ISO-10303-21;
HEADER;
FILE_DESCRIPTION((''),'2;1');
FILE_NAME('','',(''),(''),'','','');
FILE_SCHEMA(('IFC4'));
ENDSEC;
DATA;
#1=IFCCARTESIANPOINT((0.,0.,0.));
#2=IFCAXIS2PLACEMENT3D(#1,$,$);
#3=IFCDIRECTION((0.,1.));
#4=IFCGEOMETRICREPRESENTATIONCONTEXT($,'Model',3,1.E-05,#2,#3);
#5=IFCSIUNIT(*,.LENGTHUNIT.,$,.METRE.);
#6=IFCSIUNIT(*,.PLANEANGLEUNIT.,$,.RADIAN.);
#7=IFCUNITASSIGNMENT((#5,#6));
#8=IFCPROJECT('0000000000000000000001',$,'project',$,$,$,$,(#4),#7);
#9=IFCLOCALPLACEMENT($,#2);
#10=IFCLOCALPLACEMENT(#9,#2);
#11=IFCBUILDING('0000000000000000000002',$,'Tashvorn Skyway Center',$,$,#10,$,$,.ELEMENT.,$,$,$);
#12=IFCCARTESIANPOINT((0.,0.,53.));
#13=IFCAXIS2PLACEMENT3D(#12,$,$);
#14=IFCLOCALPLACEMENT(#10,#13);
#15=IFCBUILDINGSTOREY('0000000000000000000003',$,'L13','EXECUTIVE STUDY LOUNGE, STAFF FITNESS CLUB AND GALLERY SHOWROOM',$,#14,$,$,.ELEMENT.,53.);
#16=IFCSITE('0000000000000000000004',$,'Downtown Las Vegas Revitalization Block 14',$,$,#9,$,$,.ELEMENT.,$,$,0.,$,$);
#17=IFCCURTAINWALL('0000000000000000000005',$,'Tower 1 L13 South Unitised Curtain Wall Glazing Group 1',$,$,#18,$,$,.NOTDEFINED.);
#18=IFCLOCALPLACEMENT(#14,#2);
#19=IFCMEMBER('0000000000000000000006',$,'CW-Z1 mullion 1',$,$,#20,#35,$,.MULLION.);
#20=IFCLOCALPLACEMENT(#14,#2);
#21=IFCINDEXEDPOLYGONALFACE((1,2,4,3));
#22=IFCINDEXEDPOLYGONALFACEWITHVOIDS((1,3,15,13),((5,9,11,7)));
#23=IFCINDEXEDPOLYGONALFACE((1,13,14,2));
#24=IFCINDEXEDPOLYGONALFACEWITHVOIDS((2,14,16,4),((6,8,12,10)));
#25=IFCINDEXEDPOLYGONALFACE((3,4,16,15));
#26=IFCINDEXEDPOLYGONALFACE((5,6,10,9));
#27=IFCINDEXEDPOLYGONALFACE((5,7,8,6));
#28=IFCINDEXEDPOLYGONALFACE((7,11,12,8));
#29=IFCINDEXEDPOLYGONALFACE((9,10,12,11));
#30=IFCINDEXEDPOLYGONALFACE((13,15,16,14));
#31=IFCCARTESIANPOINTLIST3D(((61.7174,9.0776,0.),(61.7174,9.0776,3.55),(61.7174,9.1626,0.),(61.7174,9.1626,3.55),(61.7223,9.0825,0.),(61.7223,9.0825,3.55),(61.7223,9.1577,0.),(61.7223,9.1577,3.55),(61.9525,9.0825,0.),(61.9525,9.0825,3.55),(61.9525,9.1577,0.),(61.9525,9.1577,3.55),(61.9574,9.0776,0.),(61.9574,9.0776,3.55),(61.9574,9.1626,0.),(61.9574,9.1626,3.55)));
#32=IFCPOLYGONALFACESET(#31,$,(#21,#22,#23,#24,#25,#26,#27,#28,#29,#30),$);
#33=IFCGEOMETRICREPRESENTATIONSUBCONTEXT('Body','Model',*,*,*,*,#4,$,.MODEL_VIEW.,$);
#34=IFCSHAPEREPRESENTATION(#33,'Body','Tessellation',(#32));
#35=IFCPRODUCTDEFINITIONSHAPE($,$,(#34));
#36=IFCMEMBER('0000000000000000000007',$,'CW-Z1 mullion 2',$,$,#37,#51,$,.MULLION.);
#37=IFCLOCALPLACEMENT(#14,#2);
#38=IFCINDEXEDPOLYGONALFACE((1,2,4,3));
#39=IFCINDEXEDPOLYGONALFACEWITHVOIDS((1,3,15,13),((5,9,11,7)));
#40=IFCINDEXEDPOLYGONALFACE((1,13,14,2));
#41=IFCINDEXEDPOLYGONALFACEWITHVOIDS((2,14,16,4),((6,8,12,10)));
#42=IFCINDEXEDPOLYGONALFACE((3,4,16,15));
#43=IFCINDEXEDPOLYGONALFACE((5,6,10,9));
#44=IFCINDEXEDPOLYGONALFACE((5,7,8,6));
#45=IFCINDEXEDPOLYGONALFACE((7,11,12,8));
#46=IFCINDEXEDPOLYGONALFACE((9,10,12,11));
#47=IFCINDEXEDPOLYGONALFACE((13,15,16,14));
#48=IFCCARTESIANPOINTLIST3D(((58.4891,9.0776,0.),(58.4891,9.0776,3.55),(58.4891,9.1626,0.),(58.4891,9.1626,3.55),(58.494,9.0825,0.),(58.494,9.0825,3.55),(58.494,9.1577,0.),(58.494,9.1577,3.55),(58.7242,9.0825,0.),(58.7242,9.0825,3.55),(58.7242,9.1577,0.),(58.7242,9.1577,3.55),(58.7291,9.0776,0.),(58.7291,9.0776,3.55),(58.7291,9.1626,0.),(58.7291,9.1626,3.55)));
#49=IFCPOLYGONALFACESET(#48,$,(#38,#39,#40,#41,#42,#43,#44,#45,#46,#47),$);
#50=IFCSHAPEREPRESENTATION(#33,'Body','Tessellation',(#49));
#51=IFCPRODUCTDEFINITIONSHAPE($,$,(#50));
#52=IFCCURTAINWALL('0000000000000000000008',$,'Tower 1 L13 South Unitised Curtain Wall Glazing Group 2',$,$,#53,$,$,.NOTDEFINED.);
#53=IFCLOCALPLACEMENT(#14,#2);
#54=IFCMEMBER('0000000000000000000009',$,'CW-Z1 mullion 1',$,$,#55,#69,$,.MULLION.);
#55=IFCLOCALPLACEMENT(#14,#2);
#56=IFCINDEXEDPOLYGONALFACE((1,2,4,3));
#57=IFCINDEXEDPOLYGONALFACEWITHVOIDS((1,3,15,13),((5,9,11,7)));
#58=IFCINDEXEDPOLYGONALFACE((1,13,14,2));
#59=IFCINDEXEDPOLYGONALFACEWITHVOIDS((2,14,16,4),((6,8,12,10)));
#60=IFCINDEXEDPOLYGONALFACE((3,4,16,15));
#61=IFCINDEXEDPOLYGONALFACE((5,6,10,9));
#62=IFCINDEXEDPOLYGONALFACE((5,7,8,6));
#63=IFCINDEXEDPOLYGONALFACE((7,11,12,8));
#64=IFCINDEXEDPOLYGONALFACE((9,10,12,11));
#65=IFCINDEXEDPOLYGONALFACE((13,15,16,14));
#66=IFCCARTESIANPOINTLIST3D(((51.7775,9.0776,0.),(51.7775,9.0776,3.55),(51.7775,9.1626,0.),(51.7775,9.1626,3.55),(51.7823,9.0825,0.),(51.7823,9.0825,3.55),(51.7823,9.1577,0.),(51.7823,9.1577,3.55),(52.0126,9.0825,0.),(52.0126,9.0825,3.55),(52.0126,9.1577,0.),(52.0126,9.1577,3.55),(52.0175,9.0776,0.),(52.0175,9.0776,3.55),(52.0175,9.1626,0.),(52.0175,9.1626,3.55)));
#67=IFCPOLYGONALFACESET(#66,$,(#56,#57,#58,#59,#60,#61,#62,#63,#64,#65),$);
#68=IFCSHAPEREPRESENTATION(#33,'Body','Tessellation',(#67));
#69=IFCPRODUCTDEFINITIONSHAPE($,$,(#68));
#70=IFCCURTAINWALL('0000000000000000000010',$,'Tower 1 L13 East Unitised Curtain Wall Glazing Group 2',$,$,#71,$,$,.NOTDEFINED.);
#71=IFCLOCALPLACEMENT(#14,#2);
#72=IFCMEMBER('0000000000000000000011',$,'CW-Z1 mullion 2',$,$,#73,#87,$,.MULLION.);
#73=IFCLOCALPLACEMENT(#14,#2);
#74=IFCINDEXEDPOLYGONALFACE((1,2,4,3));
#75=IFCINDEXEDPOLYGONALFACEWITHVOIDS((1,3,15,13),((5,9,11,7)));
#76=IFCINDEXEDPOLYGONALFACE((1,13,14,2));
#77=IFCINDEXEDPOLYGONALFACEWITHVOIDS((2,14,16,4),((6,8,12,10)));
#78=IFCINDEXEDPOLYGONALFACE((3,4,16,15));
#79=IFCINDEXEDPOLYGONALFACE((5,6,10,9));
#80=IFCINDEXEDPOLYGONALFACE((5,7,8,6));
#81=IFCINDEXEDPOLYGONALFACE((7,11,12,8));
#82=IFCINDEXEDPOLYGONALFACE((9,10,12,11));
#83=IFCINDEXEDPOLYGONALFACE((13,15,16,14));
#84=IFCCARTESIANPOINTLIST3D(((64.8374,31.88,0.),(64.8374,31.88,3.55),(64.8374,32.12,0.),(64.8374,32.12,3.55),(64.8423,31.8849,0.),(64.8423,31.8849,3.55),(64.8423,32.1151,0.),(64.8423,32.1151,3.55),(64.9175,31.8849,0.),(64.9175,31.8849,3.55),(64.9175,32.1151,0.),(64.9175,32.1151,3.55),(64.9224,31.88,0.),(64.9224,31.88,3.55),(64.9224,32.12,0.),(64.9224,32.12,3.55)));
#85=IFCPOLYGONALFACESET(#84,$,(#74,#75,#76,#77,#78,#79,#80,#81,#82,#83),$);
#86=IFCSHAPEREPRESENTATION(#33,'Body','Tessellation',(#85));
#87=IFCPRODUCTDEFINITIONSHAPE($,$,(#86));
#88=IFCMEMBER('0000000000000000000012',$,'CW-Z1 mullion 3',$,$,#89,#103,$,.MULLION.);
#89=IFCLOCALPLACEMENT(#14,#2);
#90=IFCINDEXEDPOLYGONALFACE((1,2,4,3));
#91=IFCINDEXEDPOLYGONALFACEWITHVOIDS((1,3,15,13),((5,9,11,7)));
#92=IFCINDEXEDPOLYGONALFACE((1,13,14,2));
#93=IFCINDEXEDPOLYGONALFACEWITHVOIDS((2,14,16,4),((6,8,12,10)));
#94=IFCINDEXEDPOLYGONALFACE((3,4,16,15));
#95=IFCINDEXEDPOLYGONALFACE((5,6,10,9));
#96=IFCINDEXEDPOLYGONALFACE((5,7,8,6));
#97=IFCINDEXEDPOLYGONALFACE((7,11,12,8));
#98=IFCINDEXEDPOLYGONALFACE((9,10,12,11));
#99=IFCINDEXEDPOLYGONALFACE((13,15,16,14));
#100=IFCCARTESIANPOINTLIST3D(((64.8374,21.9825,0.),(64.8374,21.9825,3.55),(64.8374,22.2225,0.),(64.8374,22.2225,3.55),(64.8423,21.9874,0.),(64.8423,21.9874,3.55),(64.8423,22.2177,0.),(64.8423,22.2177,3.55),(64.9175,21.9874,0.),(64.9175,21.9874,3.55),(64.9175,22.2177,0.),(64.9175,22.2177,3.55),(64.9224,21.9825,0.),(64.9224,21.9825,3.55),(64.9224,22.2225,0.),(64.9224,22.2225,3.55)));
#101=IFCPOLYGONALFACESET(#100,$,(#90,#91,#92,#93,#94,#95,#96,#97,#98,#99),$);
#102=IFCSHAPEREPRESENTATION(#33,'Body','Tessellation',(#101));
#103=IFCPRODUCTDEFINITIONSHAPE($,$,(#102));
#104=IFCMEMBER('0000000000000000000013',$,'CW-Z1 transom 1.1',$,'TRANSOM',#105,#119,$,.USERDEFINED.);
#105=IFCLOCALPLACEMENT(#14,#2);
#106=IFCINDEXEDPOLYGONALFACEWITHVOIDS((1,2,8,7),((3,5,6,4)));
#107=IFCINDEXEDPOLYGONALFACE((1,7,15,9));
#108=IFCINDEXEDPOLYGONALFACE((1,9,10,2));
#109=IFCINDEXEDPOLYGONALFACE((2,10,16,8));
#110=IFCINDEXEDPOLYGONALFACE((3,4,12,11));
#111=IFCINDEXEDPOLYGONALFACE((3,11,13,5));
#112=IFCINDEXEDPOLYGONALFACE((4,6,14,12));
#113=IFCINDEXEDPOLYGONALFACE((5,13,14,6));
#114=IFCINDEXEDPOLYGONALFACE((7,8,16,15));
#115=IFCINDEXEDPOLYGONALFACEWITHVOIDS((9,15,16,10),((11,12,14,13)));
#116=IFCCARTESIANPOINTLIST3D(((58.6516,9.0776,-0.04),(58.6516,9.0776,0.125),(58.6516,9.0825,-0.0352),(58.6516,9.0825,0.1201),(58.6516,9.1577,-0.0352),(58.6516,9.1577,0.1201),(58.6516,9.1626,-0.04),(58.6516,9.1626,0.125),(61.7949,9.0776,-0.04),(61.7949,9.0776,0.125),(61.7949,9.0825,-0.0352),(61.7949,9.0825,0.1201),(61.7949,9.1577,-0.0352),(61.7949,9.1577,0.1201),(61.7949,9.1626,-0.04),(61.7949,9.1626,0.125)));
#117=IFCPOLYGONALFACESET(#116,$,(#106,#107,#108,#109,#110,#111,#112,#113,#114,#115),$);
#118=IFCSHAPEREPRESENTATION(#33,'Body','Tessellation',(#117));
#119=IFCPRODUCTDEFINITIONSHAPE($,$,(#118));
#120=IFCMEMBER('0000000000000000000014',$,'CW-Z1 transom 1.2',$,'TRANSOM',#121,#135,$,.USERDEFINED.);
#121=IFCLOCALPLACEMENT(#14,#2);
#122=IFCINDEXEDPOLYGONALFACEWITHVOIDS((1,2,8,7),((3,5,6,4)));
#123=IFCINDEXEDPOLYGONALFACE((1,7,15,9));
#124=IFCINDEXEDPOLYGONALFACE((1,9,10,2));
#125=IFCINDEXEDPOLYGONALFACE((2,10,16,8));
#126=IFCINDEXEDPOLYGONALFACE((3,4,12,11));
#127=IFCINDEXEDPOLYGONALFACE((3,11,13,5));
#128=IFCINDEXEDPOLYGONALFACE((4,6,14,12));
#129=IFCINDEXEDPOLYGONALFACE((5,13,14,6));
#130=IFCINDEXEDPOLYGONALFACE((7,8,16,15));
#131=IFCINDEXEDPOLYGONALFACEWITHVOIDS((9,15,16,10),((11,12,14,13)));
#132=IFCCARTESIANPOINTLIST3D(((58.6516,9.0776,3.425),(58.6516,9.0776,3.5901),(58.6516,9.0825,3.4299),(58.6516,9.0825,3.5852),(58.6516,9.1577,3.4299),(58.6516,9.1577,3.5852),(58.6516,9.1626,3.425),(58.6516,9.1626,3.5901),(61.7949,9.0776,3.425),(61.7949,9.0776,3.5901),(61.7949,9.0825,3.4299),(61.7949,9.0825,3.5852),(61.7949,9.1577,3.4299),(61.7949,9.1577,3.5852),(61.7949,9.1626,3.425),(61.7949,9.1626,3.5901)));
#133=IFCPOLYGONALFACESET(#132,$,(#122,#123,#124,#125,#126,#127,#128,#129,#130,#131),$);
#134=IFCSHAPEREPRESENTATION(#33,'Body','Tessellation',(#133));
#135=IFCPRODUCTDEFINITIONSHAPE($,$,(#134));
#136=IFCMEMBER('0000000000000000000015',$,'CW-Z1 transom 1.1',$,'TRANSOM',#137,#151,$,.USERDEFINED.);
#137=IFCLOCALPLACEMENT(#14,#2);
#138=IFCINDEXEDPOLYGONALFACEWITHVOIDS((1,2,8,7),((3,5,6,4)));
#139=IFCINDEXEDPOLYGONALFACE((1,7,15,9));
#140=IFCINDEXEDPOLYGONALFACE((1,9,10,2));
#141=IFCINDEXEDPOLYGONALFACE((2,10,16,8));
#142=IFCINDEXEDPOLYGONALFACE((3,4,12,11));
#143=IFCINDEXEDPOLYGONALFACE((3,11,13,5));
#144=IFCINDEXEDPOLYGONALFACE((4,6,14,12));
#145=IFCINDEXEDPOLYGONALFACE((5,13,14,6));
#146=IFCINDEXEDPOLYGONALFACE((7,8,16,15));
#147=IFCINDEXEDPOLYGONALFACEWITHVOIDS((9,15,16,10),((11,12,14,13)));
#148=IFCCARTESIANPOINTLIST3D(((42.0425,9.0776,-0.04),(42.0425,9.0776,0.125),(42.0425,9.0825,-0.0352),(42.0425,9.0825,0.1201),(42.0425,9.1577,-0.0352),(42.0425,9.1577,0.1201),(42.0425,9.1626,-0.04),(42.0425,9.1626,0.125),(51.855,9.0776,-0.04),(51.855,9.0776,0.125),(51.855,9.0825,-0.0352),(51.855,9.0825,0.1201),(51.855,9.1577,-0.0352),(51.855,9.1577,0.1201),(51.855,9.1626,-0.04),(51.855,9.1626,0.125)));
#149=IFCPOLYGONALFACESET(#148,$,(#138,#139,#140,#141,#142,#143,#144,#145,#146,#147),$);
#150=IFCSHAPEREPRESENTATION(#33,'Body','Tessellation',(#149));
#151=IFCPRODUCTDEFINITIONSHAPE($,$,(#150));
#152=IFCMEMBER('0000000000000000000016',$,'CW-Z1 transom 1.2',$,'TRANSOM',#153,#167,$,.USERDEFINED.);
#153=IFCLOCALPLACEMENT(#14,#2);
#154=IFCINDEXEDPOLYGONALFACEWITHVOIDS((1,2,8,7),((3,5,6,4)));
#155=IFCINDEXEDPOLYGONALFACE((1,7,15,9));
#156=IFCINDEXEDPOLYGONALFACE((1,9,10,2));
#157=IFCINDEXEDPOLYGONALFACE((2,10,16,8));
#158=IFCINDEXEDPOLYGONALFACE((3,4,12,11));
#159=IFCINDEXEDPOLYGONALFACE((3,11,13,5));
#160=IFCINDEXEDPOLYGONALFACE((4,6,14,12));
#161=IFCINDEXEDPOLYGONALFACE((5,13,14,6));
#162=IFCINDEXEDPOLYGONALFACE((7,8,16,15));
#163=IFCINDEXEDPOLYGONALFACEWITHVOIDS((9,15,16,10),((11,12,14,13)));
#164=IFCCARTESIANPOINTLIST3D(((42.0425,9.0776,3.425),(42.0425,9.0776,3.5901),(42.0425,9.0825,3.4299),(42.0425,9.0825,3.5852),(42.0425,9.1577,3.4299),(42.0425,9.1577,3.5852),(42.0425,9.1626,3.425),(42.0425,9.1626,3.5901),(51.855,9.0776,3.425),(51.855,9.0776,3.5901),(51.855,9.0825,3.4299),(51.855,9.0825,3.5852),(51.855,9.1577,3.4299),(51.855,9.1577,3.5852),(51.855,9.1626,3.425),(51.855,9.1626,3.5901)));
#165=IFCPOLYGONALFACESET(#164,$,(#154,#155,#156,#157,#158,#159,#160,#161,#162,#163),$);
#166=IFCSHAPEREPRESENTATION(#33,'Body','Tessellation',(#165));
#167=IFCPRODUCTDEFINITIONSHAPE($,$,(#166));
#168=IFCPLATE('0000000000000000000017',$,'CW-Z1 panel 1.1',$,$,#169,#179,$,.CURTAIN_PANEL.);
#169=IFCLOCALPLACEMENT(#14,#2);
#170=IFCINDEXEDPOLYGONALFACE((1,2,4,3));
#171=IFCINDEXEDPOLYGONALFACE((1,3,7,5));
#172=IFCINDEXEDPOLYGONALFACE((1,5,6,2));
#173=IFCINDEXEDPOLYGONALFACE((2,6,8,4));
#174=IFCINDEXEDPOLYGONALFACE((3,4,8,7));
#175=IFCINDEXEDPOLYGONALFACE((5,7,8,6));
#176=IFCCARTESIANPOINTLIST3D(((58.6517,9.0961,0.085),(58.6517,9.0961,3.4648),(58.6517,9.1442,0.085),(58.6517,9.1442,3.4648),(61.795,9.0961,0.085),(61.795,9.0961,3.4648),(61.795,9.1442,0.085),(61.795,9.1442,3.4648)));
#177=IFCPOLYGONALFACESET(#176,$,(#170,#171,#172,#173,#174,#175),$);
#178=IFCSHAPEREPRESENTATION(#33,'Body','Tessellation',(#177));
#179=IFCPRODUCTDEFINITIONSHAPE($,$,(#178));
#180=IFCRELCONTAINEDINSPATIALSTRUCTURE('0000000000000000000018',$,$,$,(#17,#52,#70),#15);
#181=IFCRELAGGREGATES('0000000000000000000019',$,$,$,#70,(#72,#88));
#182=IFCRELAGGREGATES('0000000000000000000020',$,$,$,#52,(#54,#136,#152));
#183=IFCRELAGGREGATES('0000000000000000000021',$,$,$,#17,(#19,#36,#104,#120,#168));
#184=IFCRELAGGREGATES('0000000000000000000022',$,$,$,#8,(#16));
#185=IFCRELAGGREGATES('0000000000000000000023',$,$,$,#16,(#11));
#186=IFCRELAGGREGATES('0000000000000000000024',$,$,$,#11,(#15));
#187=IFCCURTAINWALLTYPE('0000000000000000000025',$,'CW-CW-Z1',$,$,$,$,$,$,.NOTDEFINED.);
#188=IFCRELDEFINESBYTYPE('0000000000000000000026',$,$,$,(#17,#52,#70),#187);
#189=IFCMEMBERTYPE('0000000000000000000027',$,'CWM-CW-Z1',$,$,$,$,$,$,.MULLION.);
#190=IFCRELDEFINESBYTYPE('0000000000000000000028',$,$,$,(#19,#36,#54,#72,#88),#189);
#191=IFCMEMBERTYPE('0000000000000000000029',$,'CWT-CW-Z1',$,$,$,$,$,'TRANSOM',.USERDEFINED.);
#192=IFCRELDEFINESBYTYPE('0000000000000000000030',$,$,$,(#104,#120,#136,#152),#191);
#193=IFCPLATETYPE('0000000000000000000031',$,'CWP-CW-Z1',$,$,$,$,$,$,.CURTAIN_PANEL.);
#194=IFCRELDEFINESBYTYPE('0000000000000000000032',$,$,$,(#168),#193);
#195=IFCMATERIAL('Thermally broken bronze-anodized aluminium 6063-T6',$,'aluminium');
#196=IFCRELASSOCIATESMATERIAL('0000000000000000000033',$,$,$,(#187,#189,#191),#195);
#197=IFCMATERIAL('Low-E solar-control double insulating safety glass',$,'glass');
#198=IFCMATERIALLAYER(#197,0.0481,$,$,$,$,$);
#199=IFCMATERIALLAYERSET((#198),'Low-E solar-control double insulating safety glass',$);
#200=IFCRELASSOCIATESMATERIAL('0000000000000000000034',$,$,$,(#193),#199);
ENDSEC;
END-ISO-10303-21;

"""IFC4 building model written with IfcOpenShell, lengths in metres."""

from ifc_helpers import new_model, si_unit, direction, frame, origin, origin_2d, place, context, subcontext, project, spatial, rectangle, hollow_rectangle, extrude, material, layer, layer_set, material_profile, profile_set, type_object, element, aggregate, save


model = new_model("IFC4")

# Units and contexts
model_context = context("Model", 3, precision=1e-05, world=origin(), true_north=direction((0.0, 1.0)))
body_context = subcontext(model_context, "Body", "Model", "MODEL_VIEW")
ifc_project = project(units=[si_unit("LENGTHUNIT", "METRE"), si_unit("PLANEANGLEUNIT", "RADIAN")], contexts=[model_context])

# Site, building, storey
site_placement = place(None, origin())
site = spatial("IfcSite", under=ifc_project, at=site_placement, Name="Downtown Las Vegas Revitalization Block 14", CompositionType="ELEMENT", RefElevation=0.0)
building_placement = place(site_placement, origin())
building = spatial("IfcBuilding", under=site, at=building_placement, Name="Tashvorn Skyway Center", CompositionType="ELEMENT")
storey_placement = place(building_placement, frame((0.0, 0.0, 53.0)))
storey = spatial("IfcBuildingStorey", under=building, at=storey_placement, Name="L13", Description="EXECUTIVE STUDY LOUNGE, STAFF FITNESS CLUB AND GALLERY SHOWROOM", CompositionType="ELEMENT", Elevation=53.0)

# Curtain wall, members
ifc_material_1 = material(Name="Thermally broken bronze-anodized aluminium 6063-T6", Category="aluminium")
curtain_wall_type = type_object("IfcCurtainWallType", Name="CW-CW-Z1", PredefinedType="NOTDEFINED", material=ifc_material_1)
curtain_wall_1_placement = place(storey_placement, origin())
curtain_wall_1 = element("IfcCurtainWall", 1, at=curtain_wall_1_placement, inside=storey, type_object=curtain_wall_type, Name="Tower 1 L13 South Unitised Curtain Wall Glazing Group 1", PredefinedType="NOTDEFINED")
ifc_material_profile_1 = material_profile(ifc_material_1, hollow_rectangle(XDim=0.085, YDim=0.24, WallThickness=0.0049, at=origin_2d()), Name="ALU-MULL-85x240")
ifc_profile_set_1 = profile_set([ifc_material_profile_1], Name="Thermally broken bronze-anodized aluminium 6063-T6")
member_type_1 = type_object("IfcMemberType", Name="CWM-CW-Z1", PredefinedType="MULLION", material=ifc_profile_set_1)
member_1_placement = place(storey_placement, frame((61.8374, 9.1201, 0.0), z_axis=(0.0, 0.0, 1.0), x_axis=(0.0, -1.0, 0.0)))
member_1 = element("IfcMember", 2, at=member_1_placement, type_object=member_type_1, Name="CW-Z1 mullion 1", PredefinedType="MULLION", context=body_context, shape_type="SweptSolid", body=[
    extrude(hollow_rectangle(XDim=0.085, YDim=0.24, WallThickness=0.0049, at=origin_2d()), origin(), (0.0, 0.0, 1.0), 3.55),
])
member_2_placement = place(storey_placement, frame((58.6091, 9.1201, 0.0), z_axis=(0.0, 0.0, 1.0), x_axis=(0.0, -1.0, 0.0)))
member_2 = element("IfcMember", 3, at=member_2_placement, type_object=member_type_1, Name="CW-Z1 mullion 2", PredefinedType="MULLION", context=body_context, shape_type="SweptSolid", body=[
    extrude(hollow_rectangle(XDim=0.085, YDim=0.24, WallThickness=0.0049, at=origin_2d()), origin(), (0.0, 0.0, 1.0), 3.55),
])

# Curtain wall, member
curtain_wall_2_placement = place(storey_placement, origin())
curtain_wall_2 = element("IfcCurtainWall", 4, at=curtain_wall_2_placement, inside=storey, type_object=curtain_wall_type, Name="Tower 1 L13 South Unitised Curtain Wall Glazing Group 2", PredefinedType="NOTDEFINED")
member_3_placement = place(storey_placement, frame((51.8975, 9.1201, 0.0), z_axis=(0.0, 0.0, 1.0), x_axis=(0.0, -1.0, 0.0)))
member_3 = element("IfcMember", 5, at=member_3_placement, type_object=member_type_1, Name="CW-Z1 mullion 1", PredefinedType="MULLION", context=body_context, shape_type="SweptSolid", body=[
    extrude(hollow_rectangle(XDim=0.085, YDim=0.24, WallThickness=0.0049, at=origin_2d()), origin(), (0.0, 0.0, 1.0), 3.55),
])

# Curtain wall, members
curtain_wall_3_placement = place(storey_placement, origin())
curtain_wall_3 = element("IfcCurtainWall", 6, at=curtain_wall_3_placement, inside=storey, type_object=curtain_wall_type, Name="Tower 1 L13 East Unitised Curtain Wall Glazing Group 2", PredefinedType="NOTDEFINED")
member_4_placement = place(storey_placement, frame((64.8799, 32.0, 0.0), z_axis=(0.0, 0.0, 1.0), x_axis=(1.0, 0.0, 0.0)))
member_4 = element("IfcMember", 7, at=member_4_placement, type_object=member_type_1, Name="CW-Z1 mullion 2", PredefinedType="MULLION", context=body_context, shape_type="SweptSolid", body=[
    extrude(hollow_rectangle(XDim=0.085, YDim=0.24, WallThickness=0.0049, at=origin_2d()), origin(), (0.0, 0.0, 1.0), 3.55),
])
member_5_placement = place(storey_placement, frame((64.8799, 22.1025, 0.0), z_axis=(0.0, 0.0, 1.0), x_axis=(1.0, 0.0, 0.0)))
member_5 = element("IfcMember", 8, at=member_5_placement, type_object=member_type_1, Name="CW-Z1 mullion 3", PredefinedType="MULLION", context=body_context, shape_type="SweptSolid", body=[
    extrude(hollow_rectangle(XDim=0.085, YDim=0.24, WallThickness=0.0049, at=origin_2d()), origin(), (0.0, 0.0, 1.0), 3.55),
])
aggregate(curtain_wall_3, [member_4, member_5])

# Members
ifc_material_profile_2 = material_profile(ifc_material_1, hollow_rectangle(XDim=0.085, YDim=0.165, WallThickness=0.0049, at=origin_2d()), Name="ALU-TRAN-85x165")
ifc_profile_set_2 = profile_set([ifc_material_profile_2], Name="Thermally broken bronze-anodized aluminium 6063-T6")
member_type_2 = type_object("IfcMemberType", Name="CWT-CW-Z1", ElementType="TRANSOM", PredefinedType="USERDEFINED", material=ifc_profile_set_2)
member_6_placement = place(storey_placement, frame((61.7949, 9.1201, 0.0425), z_axis=(-1.0, 0.0, 0.0), x_axis=(0.0, -1.0, 0.0)))
member_6 = element("IfcMember", 9, at=member_6_placement, type_object=member_type_2, Name="CW-Z1 transom 1.1", ObjectType="TRANSOM", PredefinedType="USERDEFINED", context=body_context, shape_type="SweptSolid", body=[
    extrude(hollow_rectangle(XDim=0.085, YDim=0.165, WallThickness=0.0049, at=origin_2d()), origin(), (0.0, 0.0, 1.0), 3.1433),
])
member_7_placement = place(storey_placement, frame((61.7949, 9.1201, 3.5076), z_axis=(-1.0, 0.0, 0.0), x_axis=(0.0, -1.0, 0.0)))
member_7 = element("IfcMember", 10, at=member_7_placement, type_object=member_type_2, Name="CW-Z1 transom 1.2", ObjectType="TRANSOM", PredefinedType="USERDEFINED", context=body_context, shape_type="SweptSolid", body=[
    extrude(hollow_rectangle(XDim=0.085, YDim=0.165, WallThickness=0.0049, at=origin_2d()), origin(), (0.0, 0.0, 1.0), 3.1433),
])
member_8_placement = place(storey_placement, frame((51.855, 9.1201, 0.0425), z_axis=(-1.0, 0.0, 0.0), x_axis=(0.0, -1.0, 0.0)))
member_8 = element("IfcMember", 11, at=member_8_placement, type_object=member_type_2, Name="CW-Z1 transom 1.1", ObjectType="TRANSOM", PredefinedType="USERDEFINED", context=body_context, shape_type="SweptSolid", body=[
    extrude(hollow_rectangle(XDim=0.085, YDim=0.165, WallThickness=0.0049, at=origin_2d()), origin(), (0.0, 0.0, 1.0), 9.8125),
])
member_9_placement = place(storey_placement, frame((51.855, 9.1201, 3.5076), z_axis=(-1.0, 0.0, 0.0), x_axis=(0.0, -1.0, 0.0)))
member_9 = element("IfcMember", 12, at=member_9_placement, type_object=member_type_2, Name="CW-Z1 transom 1.2", ObjectType="TRANSOM", PredefinedType="USERDEFINED", context=body_context, shape_type="SweptSolid", body=[
    extrude(hollow_rectangle(XDim=0.085, YDim=0.165, WallThickness=0.0049, at=origin_2d()), origin(), (0.0, 0.0, 1.0), 9.8125),
])
aggregate(curtain_wall_2, [member_3, member_8, member_9])

# Plate
ifc_material_2 = material(Name="Low-E solar-control double insulating safety glass", Category="glass")
ifc_layer_1 = layer(ifc_material_2, 0.0481)
ifc_layer_set_1 = layer_set([ifc_layer_1], Name="Low-E solar-control double insulating safety glass")
plate_type = type_object("IfcPlateType", Name="CWP-CW-Z1", PredefinedType="CURTAIN_PANEL", material=ifc_layer_set_1)
plate_placement = place(storey_placement, frame((60.2234, 9.1201, 0.085), z_axis=(0.0, 0.0, 1.0), x_axis=(-1.0, 0.0, 0.0)))
plate = element("IfcPlate", 13, at=plate_placement, type_object=plate_type, Name="CW-Z1 panel 1.1", PredefinedType="CURTAIN_PANEL", context=body_context, shape_type="SweptSolid", body=[
    extrude(rectangle(XDim=3.1433, YDim=0.0481, at=origin_2d()), origin(), (0.0, 0.0, 1.0), 3.3799),
])
aggregate(curtain_wall_1, [member_1, member_2, member_6, member_7, plate])

save(model, "model.ifc")
